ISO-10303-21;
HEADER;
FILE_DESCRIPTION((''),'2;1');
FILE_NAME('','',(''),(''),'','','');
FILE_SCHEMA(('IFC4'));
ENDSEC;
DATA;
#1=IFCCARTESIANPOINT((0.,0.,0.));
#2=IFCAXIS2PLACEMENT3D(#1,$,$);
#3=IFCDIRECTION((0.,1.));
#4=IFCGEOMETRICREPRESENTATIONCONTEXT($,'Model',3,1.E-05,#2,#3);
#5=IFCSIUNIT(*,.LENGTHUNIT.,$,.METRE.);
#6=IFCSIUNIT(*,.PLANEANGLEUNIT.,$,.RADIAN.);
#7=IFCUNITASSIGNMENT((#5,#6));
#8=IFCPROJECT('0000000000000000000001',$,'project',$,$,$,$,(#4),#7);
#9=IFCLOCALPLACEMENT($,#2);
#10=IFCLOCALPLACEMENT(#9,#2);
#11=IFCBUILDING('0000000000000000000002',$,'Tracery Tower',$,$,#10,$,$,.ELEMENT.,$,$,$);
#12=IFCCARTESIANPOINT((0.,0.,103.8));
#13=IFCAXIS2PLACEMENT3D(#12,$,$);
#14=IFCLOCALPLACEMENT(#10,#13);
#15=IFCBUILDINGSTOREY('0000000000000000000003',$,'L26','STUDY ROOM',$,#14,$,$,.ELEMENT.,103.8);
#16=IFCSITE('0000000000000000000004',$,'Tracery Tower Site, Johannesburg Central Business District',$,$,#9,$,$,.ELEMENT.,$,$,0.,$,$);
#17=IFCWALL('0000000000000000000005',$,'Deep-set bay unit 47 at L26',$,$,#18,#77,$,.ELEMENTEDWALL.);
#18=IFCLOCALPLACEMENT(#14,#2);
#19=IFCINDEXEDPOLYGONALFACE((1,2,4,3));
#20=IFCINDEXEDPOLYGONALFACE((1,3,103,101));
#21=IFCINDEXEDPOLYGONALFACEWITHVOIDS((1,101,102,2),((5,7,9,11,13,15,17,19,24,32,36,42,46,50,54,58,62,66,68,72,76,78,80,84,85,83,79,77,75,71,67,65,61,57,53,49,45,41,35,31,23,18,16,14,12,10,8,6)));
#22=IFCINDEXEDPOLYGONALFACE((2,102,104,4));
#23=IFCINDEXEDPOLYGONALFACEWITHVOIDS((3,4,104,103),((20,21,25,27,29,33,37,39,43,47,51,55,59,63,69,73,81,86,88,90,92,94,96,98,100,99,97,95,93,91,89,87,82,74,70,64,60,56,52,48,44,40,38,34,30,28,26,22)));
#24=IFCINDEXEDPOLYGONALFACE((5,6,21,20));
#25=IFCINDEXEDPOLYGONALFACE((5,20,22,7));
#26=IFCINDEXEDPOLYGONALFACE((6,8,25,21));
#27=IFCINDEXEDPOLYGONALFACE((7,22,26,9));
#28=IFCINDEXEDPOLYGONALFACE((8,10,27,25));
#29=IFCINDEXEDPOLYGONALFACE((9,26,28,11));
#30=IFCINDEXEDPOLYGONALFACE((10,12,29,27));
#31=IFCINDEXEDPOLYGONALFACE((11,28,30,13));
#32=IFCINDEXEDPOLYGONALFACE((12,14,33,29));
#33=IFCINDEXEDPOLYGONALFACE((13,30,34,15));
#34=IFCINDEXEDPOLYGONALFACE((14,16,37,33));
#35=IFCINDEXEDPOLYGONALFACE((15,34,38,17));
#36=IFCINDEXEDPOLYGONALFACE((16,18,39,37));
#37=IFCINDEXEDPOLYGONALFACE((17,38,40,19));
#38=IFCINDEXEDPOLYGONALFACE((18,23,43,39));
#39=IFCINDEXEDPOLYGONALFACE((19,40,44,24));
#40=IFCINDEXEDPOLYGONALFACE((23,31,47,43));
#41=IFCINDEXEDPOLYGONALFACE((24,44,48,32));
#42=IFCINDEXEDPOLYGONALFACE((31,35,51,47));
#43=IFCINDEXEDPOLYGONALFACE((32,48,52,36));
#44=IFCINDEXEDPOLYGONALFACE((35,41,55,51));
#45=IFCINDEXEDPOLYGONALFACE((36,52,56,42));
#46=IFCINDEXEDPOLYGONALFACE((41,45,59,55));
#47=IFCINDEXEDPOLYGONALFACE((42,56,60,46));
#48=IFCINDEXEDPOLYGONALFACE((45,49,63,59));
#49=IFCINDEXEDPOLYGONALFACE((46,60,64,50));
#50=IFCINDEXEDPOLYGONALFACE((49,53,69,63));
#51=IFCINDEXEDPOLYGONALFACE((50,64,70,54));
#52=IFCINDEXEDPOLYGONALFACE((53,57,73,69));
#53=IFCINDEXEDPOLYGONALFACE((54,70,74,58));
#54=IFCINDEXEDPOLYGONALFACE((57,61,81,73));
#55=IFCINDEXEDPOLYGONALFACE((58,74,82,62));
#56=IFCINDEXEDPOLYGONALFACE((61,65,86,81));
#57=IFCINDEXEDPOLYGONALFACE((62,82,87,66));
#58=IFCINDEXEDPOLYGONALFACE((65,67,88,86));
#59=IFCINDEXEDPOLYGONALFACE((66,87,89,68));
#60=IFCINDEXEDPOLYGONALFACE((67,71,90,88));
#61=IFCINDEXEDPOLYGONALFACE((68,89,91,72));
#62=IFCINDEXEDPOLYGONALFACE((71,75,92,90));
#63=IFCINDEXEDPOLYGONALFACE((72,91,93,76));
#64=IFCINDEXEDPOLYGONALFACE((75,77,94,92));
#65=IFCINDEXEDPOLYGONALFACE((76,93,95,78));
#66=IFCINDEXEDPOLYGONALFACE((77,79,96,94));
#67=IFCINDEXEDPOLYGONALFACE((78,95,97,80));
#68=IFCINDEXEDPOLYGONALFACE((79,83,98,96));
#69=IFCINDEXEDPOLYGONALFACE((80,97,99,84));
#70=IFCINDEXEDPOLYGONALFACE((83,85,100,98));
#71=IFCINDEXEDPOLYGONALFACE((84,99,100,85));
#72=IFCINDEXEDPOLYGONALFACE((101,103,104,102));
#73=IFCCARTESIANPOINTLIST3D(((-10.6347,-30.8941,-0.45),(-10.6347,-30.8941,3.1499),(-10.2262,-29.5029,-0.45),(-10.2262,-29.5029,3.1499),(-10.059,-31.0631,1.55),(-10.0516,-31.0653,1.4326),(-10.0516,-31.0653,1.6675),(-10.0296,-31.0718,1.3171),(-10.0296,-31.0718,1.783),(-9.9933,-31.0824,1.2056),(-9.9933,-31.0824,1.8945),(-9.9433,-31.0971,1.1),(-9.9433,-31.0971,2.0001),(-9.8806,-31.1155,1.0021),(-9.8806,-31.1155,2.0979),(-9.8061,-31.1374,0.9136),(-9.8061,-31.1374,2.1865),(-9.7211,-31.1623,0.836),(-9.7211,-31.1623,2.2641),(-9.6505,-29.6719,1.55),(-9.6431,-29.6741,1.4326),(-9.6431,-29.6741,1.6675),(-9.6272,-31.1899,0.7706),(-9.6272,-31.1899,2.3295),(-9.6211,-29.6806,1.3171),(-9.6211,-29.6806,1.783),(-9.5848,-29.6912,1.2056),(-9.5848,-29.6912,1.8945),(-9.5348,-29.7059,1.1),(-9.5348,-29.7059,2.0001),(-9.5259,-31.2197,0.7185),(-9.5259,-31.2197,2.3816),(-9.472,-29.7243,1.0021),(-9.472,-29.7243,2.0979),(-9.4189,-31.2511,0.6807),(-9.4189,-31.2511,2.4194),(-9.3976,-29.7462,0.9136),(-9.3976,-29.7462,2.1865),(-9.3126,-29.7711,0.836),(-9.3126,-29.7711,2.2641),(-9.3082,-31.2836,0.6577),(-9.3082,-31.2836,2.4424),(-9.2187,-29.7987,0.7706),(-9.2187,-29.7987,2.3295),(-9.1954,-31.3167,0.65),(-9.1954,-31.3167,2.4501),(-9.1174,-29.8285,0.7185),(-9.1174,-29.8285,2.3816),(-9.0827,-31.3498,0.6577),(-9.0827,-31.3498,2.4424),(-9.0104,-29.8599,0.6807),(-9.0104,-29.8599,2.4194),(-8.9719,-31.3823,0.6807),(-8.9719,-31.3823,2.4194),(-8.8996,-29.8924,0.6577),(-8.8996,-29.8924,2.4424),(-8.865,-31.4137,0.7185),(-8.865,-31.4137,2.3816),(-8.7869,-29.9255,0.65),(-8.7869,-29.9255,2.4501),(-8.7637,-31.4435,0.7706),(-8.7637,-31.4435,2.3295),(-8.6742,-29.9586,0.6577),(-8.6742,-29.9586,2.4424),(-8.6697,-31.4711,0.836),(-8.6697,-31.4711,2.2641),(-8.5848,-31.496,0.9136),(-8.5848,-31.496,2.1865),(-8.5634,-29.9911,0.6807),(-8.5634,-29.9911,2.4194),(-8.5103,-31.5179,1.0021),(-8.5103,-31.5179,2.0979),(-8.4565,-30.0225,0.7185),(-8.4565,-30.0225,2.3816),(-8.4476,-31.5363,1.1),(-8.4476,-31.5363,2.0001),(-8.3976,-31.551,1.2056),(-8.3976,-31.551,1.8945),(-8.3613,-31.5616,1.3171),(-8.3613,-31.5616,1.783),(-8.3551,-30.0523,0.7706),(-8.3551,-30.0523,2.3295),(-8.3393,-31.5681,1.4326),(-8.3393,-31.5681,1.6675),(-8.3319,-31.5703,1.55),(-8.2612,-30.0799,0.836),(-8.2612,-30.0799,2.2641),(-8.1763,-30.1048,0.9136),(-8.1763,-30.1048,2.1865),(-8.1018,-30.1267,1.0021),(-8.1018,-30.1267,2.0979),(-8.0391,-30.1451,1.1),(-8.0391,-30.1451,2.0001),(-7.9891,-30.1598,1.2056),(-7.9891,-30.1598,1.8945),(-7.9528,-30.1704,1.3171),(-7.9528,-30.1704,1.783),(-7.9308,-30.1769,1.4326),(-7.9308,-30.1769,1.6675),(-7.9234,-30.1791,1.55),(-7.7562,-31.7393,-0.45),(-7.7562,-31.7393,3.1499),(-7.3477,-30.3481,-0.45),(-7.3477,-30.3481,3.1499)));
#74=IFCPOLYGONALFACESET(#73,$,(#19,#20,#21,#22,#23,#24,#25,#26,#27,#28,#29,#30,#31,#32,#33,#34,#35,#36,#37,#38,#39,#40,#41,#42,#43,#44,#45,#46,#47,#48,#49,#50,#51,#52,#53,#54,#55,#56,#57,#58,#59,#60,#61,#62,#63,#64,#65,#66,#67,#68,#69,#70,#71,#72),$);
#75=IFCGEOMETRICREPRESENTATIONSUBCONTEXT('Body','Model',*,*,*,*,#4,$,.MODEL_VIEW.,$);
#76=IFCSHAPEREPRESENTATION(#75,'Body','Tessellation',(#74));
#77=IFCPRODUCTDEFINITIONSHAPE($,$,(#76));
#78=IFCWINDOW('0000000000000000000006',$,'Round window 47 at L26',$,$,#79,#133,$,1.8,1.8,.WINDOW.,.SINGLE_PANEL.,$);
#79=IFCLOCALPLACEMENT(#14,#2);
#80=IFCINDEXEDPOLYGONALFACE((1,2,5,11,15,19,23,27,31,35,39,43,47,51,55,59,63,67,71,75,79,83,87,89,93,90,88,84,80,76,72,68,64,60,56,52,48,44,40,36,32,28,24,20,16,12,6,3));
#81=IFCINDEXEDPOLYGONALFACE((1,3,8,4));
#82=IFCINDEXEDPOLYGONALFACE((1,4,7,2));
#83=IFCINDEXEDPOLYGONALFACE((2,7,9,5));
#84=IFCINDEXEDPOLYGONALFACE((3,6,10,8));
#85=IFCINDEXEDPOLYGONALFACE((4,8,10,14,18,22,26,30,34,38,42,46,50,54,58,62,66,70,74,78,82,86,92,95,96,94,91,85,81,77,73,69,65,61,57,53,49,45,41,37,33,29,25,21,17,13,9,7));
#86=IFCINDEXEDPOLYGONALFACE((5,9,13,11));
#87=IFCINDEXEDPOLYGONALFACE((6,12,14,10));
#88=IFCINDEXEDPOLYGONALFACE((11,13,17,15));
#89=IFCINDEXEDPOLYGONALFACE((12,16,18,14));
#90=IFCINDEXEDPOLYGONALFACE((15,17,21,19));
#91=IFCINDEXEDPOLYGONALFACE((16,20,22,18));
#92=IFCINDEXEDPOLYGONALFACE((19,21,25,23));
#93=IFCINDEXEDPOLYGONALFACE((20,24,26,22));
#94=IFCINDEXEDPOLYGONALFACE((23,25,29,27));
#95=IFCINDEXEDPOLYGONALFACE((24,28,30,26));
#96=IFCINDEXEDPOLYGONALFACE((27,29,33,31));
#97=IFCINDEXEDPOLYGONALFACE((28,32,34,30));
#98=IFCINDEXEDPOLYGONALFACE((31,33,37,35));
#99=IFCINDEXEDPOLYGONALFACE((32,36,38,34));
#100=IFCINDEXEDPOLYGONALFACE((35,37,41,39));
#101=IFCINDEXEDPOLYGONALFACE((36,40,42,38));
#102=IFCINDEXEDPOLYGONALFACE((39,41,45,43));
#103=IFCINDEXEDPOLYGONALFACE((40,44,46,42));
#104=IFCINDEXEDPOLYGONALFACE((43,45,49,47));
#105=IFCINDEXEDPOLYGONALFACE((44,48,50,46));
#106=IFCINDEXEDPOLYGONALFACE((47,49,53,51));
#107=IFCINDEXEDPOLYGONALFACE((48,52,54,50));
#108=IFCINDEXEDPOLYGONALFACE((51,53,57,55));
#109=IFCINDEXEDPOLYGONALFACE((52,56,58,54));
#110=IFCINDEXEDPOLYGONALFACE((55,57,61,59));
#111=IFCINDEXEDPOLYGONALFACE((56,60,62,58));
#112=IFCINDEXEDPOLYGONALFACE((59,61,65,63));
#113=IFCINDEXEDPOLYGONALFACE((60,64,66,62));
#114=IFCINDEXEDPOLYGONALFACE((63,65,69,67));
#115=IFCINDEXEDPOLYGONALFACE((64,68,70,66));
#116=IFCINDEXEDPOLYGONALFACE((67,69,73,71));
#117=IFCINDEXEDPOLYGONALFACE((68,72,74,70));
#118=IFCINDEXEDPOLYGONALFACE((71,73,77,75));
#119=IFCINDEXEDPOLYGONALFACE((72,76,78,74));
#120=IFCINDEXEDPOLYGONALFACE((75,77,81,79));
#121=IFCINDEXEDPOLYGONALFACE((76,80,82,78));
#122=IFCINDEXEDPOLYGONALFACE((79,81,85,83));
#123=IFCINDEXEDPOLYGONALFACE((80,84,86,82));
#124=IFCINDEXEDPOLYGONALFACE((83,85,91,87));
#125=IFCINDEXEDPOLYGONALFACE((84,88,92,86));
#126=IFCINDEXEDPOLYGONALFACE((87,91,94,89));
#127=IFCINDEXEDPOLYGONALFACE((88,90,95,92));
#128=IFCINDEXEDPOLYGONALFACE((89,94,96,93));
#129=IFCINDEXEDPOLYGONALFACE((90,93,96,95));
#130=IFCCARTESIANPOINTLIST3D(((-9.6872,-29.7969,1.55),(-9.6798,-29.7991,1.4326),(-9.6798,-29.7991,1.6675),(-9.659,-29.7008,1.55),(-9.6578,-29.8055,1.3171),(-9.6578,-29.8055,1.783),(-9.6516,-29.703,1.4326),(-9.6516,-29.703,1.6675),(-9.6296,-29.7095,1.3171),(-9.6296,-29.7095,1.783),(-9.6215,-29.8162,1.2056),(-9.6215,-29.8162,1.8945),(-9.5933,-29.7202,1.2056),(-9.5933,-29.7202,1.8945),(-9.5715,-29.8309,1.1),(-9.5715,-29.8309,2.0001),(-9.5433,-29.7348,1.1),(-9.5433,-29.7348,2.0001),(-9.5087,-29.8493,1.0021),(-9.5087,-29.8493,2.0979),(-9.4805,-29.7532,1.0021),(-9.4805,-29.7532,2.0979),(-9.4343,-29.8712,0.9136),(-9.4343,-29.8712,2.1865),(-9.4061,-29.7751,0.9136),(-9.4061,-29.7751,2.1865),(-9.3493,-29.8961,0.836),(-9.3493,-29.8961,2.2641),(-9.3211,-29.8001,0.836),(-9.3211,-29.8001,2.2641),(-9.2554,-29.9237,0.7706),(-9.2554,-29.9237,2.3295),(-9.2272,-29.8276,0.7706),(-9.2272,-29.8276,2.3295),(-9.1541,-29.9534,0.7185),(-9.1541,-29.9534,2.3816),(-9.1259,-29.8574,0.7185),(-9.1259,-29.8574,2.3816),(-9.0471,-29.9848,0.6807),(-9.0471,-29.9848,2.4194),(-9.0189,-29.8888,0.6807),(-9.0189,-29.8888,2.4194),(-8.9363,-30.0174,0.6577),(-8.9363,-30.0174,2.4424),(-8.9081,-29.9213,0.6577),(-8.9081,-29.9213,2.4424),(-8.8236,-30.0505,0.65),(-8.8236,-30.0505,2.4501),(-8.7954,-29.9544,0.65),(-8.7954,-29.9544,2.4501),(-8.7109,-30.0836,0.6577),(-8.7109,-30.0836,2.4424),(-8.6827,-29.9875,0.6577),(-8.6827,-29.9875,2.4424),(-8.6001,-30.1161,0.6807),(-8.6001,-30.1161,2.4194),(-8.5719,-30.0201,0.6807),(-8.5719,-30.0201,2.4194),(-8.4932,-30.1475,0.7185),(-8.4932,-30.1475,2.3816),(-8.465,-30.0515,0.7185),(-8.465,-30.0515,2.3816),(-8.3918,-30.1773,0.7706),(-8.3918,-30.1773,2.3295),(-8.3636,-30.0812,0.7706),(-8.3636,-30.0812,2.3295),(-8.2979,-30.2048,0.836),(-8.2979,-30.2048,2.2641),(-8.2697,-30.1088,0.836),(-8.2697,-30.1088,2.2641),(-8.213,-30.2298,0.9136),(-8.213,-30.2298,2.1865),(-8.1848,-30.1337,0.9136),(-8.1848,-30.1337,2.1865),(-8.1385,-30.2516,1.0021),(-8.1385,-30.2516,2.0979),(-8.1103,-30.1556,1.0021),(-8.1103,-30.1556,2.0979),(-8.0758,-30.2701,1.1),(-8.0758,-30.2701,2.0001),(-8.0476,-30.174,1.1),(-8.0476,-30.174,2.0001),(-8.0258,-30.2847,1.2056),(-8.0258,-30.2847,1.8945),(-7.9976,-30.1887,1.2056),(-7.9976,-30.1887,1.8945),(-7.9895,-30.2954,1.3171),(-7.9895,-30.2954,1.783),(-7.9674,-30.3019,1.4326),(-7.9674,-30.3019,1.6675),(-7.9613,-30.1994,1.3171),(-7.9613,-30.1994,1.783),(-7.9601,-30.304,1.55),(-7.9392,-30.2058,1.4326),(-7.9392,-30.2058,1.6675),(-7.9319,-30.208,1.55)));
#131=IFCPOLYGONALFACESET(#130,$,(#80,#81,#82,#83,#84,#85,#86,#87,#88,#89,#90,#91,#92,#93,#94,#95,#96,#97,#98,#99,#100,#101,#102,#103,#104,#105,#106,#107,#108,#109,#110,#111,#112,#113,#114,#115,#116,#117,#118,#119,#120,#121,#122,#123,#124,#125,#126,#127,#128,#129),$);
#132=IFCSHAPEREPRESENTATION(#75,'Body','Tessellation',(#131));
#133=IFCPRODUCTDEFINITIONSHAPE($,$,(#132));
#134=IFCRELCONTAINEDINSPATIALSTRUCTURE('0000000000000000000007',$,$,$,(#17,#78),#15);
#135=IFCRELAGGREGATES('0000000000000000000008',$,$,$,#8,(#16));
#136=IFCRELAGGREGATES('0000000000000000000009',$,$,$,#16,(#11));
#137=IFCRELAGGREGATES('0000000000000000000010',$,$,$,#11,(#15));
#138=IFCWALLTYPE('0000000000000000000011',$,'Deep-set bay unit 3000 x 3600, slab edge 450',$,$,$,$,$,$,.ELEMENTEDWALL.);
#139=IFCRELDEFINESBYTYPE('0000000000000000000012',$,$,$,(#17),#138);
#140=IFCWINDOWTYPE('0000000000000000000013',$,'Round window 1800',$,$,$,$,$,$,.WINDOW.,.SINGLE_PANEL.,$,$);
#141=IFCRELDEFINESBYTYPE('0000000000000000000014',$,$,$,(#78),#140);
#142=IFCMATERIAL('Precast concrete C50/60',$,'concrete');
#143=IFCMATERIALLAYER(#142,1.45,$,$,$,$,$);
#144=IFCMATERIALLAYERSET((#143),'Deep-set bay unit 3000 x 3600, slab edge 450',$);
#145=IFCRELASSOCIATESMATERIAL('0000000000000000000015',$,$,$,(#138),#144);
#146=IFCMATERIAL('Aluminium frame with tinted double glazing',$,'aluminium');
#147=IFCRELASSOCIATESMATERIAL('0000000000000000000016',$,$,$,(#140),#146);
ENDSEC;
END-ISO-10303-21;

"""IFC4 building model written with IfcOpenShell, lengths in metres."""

from ifc_helpers import new_model, si_unit, direction, frame, frame_2d, origin, origin_2d, place, context, subcontext, project, spatial, rectangle, circle, extrude, material, layer, layer_set, type_object, element, fill, save


model = new_model("IFC4")

# Units and contexts
model_context = context("Model", 3, precision=1e-05, world=origin(), true_north=direction((0.0, 1.0)))
body_context = subcontext(model_context, "Body", "Model", "MODEL_VIEW")
ifc_project = project(units=[si_unit("LENGTHUNIT", "METRE"), si_unit("PLANEANGLEUNIT", "RADIAN")], contexts=[model_context])

# Site, building, storey
site_placement = place(None, origin())
site = spatial("IfcSite", under=ifc_project, at=site_placement, Name="Tracery Tower Site, Johannesburg Central Business District", CompositionType="ELEMENT", RefElevation=0.0)
building_placement = place(site_placement, origin())
building = spatial("IfcBuilding", under=site, at=building_placement, Name="Tracery Tower", CompositionType="ELEMENT")
storey_placement = place(building_placement, frame((0.0, 0.0, 103.8)))
storey = spatial("IfcBuildingStorey", under=building, at=storey_placement, Name="L26", Description="STUDY ROOM", CompositionType="ELEMENT", Elevation=103.8)

# Wall, opening, window
ifc_material_1 = material(Name="Precast concrete C50/60", Category="concrete")
ifc_layer_1 = layer(ifc_material_1, 1.45)
ifc_layer_set_1 = layer_set([ifc_layer_1], Name="Deep-set bay unit 3000 x 3600, slab edge 450")
wall_type_1 = type_object("IfcWallType", Name="Deep-set bay unit 3000 x 3600, slab edge 450", PredefinedType="ELEMENTEDWALL", material=ifc_layer_set_1)
wall_1_placement = place(storey_placement, frame((-10.4304, -30.1985, -0.45), z_axis=(0.0, 0.0, 1.0), x_axis=(0.95949, -0.281743, 0.0)))
wall_1 = element("IfcWall", 1, at=wall_1_placement, inside=storey, type_object=wall_type_1, Name="Deep-set bay unit 47 at L26", PredefinedType="ELEMENTEDWALL", context=body_context, shape_type="SweptSolid", body=[
    extrude(rectangle(XDim=3.0, YDim=1.45, at=frame_2d((1.5, 0.0))), origin(), (0.0, 0.0, 1.0), 3.5999),
])
opening_1_placement = place(wall_1_placement, frame((1.5, 0.0, 2.0)))
opening_1 = element("IfcOpeningElement", 2, at=opening_1_placement, cuts=wall_1, PredefinedType="OPENING", context=body_context, shape_type="SweptSolid", body=[
    extrude(circle(Radius=0.9, at=origin_2d()), frame((0.0, 0.7349, 0.0), z_axis=(0.0, -1.0, 0.0), x_axis=(1.0, 0.0, 0.0)), (0.0, 0.0, 1.0), 1.47),
])
ifc_material_2 = material(Name="Aluminium frame with tinted double glazing", Category="aluminium")
window_type = type_object("IfcWindowType", Name="Round window 1800", PartitioningType="SINGLE_PANEL", PredefinedType="WINDOW", material=ifc_material_2)
window_1_placement = place(opening_1_placement, origin())
window_1 = element("IfcWindow", 3, at=window_1_placement, inside=storey, type_object=window_type, Name="Round window 47 at L26", OverallHeight=1.8, OverallWidth=1.8, PartitioningType="SINGLE_PANEL", PredefinedType="WINDOW", context=body_context, shape_type="SweptSolid", body=[
    extrude(circle(Radius=0.9, at=origin_2d()), frame((0.0, 0.6948, 0.0), z_axis=(0.0, -1.0, 0.0), x_axis=(1.0, 0.0, 0.0)), (0.0, 0.0, 1.0), 0.1001),
])
fill(opening_1, window_1)

save(model, "model.ifc")
